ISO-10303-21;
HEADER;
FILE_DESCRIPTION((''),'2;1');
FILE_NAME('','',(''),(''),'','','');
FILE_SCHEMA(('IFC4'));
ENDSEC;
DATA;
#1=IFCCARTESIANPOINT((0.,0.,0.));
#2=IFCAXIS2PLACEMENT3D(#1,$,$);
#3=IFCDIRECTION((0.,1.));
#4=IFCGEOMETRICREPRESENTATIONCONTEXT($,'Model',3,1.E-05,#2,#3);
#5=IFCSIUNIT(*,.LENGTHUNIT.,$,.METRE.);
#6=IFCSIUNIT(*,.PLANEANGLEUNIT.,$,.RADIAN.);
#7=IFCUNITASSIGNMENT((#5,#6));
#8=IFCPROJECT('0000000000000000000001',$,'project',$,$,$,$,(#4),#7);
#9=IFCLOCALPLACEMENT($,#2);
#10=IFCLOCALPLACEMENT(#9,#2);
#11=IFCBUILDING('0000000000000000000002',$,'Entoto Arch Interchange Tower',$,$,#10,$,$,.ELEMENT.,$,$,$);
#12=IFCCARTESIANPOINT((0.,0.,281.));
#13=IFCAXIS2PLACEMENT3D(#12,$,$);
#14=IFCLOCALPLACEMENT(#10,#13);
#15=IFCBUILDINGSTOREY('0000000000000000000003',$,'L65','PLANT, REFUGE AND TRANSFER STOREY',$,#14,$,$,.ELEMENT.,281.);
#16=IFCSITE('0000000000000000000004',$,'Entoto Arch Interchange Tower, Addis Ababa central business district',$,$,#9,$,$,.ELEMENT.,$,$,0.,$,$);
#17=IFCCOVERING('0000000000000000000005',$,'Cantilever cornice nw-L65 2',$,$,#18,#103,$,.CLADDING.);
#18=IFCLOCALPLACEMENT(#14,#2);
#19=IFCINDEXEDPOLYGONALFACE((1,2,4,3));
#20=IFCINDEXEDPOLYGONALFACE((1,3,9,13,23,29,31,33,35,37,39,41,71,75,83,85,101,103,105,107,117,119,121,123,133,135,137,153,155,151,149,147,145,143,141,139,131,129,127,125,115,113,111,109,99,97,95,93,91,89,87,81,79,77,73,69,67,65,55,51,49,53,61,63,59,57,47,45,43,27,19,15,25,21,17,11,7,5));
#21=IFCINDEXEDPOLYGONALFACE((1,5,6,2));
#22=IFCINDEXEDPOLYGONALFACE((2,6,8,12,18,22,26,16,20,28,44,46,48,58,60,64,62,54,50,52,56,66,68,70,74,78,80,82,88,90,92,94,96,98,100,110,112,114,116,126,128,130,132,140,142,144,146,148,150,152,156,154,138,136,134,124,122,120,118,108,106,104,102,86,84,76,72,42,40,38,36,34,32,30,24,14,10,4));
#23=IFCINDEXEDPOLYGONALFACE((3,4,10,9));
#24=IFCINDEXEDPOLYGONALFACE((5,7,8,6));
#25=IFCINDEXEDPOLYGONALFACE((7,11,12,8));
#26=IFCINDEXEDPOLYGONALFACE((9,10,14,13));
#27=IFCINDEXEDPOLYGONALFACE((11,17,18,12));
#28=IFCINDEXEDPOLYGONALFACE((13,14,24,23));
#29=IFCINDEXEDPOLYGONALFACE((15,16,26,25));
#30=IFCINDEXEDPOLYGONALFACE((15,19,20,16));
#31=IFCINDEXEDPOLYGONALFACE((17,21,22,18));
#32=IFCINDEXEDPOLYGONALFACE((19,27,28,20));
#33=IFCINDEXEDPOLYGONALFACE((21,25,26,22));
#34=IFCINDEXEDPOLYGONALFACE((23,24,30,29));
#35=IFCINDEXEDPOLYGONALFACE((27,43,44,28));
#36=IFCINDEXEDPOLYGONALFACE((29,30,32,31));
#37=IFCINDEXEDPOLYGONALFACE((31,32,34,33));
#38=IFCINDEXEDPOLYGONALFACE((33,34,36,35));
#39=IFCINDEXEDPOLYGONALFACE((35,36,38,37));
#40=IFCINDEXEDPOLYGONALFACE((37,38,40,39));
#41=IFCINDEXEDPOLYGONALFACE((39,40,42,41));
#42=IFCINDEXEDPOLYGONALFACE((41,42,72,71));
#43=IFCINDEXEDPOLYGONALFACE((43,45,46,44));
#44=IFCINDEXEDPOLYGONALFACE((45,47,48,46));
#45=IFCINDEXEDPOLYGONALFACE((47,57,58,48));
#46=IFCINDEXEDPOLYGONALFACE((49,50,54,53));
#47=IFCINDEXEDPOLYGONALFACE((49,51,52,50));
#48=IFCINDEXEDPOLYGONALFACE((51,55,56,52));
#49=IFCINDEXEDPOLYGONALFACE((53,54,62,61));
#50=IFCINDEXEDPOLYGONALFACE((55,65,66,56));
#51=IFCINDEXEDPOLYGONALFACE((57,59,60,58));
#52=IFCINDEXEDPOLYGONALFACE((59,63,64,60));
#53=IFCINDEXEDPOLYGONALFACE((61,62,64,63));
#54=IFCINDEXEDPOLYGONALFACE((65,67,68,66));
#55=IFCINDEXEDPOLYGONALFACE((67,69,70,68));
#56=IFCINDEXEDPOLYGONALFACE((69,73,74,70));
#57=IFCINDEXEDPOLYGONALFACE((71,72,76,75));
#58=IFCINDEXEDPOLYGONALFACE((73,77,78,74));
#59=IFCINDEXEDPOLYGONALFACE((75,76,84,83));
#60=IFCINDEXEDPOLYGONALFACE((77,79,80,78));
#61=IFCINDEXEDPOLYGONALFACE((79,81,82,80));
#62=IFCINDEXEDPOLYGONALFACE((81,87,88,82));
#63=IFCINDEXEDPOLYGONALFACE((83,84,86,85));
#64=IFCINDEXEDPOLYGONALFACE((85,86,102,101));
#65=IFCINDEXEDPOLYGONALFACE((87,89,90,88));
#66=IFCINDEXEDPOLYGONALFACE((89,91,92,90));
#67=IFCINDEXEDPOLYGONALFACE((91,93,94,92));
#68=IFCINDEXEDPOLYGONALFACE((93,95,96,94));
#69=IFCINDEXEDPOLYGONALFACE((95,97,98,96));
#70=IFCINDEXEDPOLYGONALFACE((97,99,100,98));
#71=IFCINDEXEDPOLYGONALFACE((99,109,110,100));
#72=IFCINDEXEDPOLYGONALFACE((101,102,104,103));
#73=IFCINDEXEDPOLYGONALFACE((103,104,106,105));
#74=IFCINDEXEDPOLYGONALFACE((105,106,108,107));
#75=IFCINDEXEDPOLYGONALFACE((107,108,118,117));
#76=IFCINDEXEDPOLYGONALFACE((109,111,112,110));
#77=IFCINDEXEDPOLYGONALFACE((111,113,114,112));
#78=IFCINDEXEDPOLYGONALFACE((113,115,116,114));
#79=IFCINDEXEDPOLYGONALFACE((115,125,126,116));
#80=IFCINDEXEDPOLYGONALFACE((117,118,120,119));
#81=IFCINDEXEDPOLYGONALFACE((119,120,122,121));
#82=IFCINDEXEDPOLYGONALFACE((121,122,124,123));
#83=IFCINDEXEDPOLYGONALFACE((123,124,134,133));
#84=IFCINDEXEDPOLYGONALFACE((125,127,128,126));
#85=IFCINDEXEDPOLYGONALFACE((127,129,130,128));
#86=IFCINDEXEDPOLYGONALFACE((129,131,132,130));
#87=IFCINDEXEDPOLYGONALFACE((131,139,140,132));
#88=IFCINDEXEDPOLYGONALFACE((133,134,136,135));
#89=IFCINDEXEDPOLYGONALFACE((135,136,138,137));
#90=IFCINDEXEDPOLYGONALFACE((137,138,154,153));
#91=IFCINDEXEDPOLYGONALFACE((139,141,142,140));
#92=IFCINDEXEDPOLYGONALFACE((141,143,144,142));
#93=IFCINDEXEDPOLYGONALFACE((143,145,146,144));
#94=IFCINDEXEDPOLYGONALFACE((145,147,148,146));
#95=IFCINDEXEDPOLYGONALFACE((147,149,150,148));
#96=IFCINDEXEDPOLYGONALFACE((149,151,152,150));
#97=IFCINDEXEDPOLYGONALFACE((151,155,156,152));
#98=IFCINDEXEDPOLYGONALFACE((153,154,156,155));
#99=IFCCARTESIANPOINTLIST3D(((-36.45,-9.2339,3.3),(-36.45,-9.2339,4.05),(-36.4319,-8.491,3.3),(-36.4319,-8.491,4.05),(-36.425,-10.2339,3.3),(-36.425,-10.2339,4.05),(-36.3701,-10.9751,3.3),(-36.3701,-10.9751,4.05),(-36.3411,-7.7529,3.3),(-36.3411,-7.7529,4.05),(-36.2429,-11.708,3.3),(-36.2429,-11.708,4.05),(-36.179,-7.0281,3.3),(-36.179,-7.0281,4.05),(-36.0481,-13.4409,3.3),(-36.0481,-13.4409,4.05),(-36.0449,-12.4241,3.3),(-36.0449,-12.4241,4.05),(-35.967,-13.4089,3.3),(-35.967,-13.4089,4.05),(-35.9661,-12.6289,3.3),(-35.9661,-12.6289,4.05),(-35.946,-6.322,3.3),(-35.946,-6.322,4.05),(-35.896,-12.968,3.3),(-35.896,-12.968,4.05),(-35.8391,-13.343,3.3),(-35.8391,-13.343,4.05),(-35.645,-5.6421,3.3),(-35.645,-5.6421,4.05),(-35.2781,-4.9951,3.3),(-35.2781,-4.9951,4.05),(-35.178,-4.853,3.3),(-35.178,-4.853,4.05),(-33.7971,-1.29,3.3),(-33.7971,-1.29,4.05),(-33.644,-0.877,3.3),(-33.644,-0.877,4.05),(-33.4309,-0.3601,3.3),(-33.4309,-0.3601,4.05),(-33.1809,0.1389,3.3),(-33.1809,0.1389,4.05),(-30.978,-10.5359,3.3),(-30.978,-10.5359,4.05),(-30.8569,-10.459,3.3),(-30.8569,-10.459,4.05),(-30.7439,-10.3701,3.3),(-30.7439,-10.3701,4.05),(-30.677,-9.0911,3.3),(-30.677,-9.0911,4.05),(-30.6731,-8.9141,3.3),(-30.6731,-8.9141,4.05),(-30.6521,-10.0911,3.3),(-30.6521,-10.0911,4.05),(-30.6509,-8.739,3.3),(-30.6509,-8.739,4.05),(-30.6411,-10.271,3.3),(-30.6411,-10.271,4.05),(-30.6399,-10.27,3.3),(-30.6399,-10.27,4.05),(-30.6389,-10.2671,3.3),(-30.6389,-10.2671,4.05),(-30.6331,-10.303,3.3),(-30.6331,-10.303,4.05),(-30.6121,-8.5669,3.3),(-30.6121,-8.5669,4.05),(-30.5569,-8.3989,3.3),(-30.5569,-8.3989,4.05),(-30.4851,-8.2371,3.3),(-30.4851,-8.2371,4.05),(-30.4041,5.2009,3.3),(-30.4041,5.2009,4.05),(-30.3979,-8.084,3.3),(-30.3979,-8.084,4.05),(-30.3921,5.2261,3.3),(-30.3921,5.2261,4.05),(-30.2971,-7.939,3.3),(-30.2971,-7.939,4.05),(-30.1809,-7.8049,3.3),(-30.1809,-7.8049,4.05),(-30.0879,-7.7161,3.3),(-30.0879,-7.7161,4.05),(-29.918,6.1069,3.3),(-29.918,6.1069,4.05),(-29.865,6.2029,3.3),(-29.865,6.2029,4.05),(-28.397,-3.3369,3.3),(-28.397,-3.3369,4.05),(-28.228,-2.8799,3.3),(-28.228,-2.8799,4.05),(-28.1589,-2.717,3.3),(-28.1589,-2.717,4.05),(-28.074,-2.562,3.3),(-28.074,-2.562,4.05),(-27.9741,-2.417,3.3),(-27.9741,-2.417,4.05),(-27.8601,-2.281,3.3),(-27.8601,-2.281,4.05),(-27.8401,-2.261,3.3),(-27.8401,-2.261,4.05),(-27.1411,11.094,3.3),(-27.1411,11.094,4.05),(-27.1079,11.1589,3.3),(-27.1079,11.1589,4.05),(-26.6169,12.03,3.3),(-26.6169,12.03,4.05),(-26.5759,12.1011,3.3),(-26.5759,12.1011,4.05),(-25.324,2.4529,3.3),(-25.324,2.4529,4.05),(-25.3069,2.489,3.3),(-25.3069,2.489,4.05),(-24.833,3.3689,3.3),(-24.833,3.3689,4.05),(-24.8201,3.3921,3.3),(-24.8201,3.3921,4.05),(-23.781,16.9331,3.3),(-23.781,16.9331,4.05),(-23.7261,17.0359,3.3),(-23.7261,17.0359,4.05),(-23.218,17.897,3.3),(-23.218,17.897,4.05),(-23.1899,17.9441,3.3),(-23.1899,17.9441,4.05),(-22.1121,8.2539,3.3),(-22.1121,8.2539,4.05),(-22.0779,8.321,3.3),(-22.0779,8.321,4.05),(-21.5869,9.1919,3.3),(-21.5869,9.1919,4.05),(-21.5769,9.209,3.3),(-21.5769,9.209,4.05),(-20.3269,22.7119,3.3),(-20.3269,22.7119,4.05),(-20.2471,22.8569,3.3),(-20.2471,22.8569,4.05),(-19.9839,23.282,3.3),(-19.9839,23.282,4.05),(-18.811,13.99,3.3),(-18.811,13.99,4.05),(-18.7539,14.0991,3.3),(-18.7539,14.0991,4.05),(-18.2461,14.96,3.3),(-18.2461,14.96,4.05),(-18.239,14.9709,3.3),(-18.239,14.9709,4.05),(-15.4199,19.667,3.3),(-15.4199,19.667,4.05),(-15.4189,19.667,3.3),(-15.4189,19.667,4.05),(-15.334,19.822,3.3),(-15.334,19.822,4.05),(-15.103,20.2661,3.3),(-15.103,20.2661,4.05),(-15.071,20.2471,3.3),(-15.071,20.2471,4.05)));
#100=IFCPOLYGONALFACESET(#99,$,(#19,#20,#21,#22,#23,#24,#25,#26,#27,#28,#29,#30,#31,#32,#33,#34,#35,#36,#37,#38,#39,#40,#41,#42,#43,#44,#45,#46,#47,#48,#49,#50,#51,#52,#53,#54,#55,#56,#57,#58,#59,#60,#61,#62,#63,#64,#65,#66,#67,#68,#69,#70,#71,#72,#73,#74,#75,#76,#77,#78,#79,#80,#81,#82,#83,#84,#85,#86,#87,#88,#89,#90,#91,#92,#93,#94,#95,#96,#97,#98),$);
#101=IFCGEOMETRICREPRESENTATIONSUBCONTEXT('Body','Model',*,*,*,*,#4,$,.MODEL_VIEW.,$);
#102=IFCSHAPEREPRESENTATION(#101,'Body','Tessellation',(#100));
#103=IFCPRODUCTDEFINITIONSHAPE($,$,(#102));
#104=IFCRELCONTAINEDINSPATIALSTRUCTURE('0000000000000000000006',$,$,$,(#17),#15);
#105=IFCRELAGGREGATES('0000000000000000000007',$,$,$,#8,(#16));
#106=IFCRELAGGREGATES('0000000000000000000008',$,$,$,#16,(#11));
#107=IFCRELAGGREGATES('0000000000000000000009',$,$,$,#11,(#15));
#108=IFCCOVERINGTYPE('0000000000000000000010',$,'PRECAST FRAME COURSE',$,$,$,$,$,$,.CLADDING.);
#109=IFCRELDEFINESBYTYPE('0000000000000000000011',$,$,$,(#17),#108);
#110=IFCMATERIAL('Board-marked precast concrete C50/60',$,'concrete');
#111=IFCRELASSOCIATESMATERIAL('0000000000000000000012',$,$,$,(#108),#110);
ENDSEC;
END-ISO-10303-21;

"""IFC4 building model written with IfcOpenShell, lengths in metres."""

from ifc_helpers import new_model, si_unit, direction, frame, origin, place, context, subcontext, project, spatial, polyline, outline, extrude, material, type_object, element, save


model = new_model("IFC4")

# Units and contexts
model_context = context("Model", 3, precision=1e-05, world=origin(), true_north=direction((0.0, 1.0)))
body_context = subcontext(model_context, "Body", "Model", "MODEL_VIEW")
ifc_project = project(units=[si_unit("LENGTHUNIT", "METRE"), si_unit("PLANEANGLEUNIT", "RADIAN")], contexts=[model_context])

# Site, building, storey
site_placement = place(None, origin())
site = spatial("IfcSite", under=ifc_project, at=site_placement, Name="Entoto Arch Interchange Tower, Addis Ababa central business district", CompositionType="ELEMENT", RefElevation=0.0)
building_placement = place(site_placement, origin())
building = spatial("IfcBuilding", under=site, at=building_placement, Name="Entoto Arch Interchange Tower", CompositionType="ELEMENT")
storey_placement = place(building_placement, frame((0.0, 0.0, 281.0)))
storey = spatial("IfcBuildingStorey", under=building, at=storey_placement, Name="L65", Description="PLANT, REFUGE AND TRANSFER STOREY", CompositionType="ELEMENT", Elevation=281.0)

# Covering
ifc_material_1 = material(Name="Board-marked precast concrete C50/60", Category="concrete")
covering_type = type_object("IfcCoveringType", Name="PRECAST FRAME COURSE", PredefinedType="CLADDING", material=ifc_material_1)
covering_1_placement = place(storey_placement, frame((0.0, 0.0, 3.3)))
element("IfcCovering", 1, at=covering_1_placement, inside=storey, type_object=covering_type, Name="Cantilever cornice nw-L65 2", PredefinedType="CLADDING", context=body_context, shape_type="SweptSolid", body=[
    extrude(outline(polyline([(-30.7439, -10.3701), (-30.8569, -10.459), (-30.978, -10.5359), (-35.8391, -13.343), (-35.967, -13.4089), (-36.0481, -13.4409), (-35.896, -12.968), (-35.9661, -12.6289), (-36.0449, -12.4241), (-36.2429, -11.708), (-36.3701, -10.9751), (-36.425, -10.2339), (-36.45, -9.2339), (-36.4319, -8.491), (-36.3411, -7.7529), (-36.179, -7.0281), (-35.946, -6.322), (-35.645, -5.6421), (-35.2781, -4.9951), (-35.178, -4.853), (-33.7971, -1.29), (-33.644, -0.877), (-33.4309, -0.3601), (-33.1809, 0.1389), (-30.4041, 5.2009), (-30.3921, 5.2261), (-29.918, 6.1069), (-29.865, 6.2029), (-27.1411, 11.094), (-27.1079, 11.1589), (-26.6169, 12.03), (-26.5759, 12.1011), (-23.781, 16.9331), (-23.7261, 17.0359), (-23.218, 17.897), (-23.1899, 17.9441), (-20.3269, 22.7119), (-20.2471, 22.8569), (-19.9839, 23.282), (-15.103, 20.2661), (-15.071, 20.2471), (-15.334, 19.822), (-15.4189, 19.667), (-15.4199, 19.667), (-18.239, 14.9709), (-18.2461, 14.96), (-18.7539, 14.0991), (-18.811, 13.99), (-21.5769, 9.209), (-21.5869, 9.1919), (-22.0779, 8.321), (-22.1121, 8.2539), (-24.8201, 3.3921), (-24.833, 3.3689), (-25.3069, 2.489), (-25.324, 2.4529), (-27.8401, -2.261), (-27.8601, -2.281), (-27.9741, -2.417), (-28.074, -2.562), (-28.1589, -2.717), (-28.228, -2.8799), (-28.397, -3.3369), (-30.0879, -7.7161), (-30.1809, -7.8049), (-30.2971, -7.939), (-30.3979, -8.084), (-30.4851, -8.2371), (-30.5569, -8.3989), (-30.6121, -8.5669), (-30.6509, -8.739), (-30.6731, -8.9141), (-30.677, -9.0911), (-30.6521, -10.0911), (-30.6389, -10.2671), (-30.6331, -10.303), (-30.6399, -10.27), (-30.6411, -10.271), (-30.7439, -10.3701)])), origin(), (0.0, 0.0, 1.0), 0.75),
])

save(model, "model.ifc")
